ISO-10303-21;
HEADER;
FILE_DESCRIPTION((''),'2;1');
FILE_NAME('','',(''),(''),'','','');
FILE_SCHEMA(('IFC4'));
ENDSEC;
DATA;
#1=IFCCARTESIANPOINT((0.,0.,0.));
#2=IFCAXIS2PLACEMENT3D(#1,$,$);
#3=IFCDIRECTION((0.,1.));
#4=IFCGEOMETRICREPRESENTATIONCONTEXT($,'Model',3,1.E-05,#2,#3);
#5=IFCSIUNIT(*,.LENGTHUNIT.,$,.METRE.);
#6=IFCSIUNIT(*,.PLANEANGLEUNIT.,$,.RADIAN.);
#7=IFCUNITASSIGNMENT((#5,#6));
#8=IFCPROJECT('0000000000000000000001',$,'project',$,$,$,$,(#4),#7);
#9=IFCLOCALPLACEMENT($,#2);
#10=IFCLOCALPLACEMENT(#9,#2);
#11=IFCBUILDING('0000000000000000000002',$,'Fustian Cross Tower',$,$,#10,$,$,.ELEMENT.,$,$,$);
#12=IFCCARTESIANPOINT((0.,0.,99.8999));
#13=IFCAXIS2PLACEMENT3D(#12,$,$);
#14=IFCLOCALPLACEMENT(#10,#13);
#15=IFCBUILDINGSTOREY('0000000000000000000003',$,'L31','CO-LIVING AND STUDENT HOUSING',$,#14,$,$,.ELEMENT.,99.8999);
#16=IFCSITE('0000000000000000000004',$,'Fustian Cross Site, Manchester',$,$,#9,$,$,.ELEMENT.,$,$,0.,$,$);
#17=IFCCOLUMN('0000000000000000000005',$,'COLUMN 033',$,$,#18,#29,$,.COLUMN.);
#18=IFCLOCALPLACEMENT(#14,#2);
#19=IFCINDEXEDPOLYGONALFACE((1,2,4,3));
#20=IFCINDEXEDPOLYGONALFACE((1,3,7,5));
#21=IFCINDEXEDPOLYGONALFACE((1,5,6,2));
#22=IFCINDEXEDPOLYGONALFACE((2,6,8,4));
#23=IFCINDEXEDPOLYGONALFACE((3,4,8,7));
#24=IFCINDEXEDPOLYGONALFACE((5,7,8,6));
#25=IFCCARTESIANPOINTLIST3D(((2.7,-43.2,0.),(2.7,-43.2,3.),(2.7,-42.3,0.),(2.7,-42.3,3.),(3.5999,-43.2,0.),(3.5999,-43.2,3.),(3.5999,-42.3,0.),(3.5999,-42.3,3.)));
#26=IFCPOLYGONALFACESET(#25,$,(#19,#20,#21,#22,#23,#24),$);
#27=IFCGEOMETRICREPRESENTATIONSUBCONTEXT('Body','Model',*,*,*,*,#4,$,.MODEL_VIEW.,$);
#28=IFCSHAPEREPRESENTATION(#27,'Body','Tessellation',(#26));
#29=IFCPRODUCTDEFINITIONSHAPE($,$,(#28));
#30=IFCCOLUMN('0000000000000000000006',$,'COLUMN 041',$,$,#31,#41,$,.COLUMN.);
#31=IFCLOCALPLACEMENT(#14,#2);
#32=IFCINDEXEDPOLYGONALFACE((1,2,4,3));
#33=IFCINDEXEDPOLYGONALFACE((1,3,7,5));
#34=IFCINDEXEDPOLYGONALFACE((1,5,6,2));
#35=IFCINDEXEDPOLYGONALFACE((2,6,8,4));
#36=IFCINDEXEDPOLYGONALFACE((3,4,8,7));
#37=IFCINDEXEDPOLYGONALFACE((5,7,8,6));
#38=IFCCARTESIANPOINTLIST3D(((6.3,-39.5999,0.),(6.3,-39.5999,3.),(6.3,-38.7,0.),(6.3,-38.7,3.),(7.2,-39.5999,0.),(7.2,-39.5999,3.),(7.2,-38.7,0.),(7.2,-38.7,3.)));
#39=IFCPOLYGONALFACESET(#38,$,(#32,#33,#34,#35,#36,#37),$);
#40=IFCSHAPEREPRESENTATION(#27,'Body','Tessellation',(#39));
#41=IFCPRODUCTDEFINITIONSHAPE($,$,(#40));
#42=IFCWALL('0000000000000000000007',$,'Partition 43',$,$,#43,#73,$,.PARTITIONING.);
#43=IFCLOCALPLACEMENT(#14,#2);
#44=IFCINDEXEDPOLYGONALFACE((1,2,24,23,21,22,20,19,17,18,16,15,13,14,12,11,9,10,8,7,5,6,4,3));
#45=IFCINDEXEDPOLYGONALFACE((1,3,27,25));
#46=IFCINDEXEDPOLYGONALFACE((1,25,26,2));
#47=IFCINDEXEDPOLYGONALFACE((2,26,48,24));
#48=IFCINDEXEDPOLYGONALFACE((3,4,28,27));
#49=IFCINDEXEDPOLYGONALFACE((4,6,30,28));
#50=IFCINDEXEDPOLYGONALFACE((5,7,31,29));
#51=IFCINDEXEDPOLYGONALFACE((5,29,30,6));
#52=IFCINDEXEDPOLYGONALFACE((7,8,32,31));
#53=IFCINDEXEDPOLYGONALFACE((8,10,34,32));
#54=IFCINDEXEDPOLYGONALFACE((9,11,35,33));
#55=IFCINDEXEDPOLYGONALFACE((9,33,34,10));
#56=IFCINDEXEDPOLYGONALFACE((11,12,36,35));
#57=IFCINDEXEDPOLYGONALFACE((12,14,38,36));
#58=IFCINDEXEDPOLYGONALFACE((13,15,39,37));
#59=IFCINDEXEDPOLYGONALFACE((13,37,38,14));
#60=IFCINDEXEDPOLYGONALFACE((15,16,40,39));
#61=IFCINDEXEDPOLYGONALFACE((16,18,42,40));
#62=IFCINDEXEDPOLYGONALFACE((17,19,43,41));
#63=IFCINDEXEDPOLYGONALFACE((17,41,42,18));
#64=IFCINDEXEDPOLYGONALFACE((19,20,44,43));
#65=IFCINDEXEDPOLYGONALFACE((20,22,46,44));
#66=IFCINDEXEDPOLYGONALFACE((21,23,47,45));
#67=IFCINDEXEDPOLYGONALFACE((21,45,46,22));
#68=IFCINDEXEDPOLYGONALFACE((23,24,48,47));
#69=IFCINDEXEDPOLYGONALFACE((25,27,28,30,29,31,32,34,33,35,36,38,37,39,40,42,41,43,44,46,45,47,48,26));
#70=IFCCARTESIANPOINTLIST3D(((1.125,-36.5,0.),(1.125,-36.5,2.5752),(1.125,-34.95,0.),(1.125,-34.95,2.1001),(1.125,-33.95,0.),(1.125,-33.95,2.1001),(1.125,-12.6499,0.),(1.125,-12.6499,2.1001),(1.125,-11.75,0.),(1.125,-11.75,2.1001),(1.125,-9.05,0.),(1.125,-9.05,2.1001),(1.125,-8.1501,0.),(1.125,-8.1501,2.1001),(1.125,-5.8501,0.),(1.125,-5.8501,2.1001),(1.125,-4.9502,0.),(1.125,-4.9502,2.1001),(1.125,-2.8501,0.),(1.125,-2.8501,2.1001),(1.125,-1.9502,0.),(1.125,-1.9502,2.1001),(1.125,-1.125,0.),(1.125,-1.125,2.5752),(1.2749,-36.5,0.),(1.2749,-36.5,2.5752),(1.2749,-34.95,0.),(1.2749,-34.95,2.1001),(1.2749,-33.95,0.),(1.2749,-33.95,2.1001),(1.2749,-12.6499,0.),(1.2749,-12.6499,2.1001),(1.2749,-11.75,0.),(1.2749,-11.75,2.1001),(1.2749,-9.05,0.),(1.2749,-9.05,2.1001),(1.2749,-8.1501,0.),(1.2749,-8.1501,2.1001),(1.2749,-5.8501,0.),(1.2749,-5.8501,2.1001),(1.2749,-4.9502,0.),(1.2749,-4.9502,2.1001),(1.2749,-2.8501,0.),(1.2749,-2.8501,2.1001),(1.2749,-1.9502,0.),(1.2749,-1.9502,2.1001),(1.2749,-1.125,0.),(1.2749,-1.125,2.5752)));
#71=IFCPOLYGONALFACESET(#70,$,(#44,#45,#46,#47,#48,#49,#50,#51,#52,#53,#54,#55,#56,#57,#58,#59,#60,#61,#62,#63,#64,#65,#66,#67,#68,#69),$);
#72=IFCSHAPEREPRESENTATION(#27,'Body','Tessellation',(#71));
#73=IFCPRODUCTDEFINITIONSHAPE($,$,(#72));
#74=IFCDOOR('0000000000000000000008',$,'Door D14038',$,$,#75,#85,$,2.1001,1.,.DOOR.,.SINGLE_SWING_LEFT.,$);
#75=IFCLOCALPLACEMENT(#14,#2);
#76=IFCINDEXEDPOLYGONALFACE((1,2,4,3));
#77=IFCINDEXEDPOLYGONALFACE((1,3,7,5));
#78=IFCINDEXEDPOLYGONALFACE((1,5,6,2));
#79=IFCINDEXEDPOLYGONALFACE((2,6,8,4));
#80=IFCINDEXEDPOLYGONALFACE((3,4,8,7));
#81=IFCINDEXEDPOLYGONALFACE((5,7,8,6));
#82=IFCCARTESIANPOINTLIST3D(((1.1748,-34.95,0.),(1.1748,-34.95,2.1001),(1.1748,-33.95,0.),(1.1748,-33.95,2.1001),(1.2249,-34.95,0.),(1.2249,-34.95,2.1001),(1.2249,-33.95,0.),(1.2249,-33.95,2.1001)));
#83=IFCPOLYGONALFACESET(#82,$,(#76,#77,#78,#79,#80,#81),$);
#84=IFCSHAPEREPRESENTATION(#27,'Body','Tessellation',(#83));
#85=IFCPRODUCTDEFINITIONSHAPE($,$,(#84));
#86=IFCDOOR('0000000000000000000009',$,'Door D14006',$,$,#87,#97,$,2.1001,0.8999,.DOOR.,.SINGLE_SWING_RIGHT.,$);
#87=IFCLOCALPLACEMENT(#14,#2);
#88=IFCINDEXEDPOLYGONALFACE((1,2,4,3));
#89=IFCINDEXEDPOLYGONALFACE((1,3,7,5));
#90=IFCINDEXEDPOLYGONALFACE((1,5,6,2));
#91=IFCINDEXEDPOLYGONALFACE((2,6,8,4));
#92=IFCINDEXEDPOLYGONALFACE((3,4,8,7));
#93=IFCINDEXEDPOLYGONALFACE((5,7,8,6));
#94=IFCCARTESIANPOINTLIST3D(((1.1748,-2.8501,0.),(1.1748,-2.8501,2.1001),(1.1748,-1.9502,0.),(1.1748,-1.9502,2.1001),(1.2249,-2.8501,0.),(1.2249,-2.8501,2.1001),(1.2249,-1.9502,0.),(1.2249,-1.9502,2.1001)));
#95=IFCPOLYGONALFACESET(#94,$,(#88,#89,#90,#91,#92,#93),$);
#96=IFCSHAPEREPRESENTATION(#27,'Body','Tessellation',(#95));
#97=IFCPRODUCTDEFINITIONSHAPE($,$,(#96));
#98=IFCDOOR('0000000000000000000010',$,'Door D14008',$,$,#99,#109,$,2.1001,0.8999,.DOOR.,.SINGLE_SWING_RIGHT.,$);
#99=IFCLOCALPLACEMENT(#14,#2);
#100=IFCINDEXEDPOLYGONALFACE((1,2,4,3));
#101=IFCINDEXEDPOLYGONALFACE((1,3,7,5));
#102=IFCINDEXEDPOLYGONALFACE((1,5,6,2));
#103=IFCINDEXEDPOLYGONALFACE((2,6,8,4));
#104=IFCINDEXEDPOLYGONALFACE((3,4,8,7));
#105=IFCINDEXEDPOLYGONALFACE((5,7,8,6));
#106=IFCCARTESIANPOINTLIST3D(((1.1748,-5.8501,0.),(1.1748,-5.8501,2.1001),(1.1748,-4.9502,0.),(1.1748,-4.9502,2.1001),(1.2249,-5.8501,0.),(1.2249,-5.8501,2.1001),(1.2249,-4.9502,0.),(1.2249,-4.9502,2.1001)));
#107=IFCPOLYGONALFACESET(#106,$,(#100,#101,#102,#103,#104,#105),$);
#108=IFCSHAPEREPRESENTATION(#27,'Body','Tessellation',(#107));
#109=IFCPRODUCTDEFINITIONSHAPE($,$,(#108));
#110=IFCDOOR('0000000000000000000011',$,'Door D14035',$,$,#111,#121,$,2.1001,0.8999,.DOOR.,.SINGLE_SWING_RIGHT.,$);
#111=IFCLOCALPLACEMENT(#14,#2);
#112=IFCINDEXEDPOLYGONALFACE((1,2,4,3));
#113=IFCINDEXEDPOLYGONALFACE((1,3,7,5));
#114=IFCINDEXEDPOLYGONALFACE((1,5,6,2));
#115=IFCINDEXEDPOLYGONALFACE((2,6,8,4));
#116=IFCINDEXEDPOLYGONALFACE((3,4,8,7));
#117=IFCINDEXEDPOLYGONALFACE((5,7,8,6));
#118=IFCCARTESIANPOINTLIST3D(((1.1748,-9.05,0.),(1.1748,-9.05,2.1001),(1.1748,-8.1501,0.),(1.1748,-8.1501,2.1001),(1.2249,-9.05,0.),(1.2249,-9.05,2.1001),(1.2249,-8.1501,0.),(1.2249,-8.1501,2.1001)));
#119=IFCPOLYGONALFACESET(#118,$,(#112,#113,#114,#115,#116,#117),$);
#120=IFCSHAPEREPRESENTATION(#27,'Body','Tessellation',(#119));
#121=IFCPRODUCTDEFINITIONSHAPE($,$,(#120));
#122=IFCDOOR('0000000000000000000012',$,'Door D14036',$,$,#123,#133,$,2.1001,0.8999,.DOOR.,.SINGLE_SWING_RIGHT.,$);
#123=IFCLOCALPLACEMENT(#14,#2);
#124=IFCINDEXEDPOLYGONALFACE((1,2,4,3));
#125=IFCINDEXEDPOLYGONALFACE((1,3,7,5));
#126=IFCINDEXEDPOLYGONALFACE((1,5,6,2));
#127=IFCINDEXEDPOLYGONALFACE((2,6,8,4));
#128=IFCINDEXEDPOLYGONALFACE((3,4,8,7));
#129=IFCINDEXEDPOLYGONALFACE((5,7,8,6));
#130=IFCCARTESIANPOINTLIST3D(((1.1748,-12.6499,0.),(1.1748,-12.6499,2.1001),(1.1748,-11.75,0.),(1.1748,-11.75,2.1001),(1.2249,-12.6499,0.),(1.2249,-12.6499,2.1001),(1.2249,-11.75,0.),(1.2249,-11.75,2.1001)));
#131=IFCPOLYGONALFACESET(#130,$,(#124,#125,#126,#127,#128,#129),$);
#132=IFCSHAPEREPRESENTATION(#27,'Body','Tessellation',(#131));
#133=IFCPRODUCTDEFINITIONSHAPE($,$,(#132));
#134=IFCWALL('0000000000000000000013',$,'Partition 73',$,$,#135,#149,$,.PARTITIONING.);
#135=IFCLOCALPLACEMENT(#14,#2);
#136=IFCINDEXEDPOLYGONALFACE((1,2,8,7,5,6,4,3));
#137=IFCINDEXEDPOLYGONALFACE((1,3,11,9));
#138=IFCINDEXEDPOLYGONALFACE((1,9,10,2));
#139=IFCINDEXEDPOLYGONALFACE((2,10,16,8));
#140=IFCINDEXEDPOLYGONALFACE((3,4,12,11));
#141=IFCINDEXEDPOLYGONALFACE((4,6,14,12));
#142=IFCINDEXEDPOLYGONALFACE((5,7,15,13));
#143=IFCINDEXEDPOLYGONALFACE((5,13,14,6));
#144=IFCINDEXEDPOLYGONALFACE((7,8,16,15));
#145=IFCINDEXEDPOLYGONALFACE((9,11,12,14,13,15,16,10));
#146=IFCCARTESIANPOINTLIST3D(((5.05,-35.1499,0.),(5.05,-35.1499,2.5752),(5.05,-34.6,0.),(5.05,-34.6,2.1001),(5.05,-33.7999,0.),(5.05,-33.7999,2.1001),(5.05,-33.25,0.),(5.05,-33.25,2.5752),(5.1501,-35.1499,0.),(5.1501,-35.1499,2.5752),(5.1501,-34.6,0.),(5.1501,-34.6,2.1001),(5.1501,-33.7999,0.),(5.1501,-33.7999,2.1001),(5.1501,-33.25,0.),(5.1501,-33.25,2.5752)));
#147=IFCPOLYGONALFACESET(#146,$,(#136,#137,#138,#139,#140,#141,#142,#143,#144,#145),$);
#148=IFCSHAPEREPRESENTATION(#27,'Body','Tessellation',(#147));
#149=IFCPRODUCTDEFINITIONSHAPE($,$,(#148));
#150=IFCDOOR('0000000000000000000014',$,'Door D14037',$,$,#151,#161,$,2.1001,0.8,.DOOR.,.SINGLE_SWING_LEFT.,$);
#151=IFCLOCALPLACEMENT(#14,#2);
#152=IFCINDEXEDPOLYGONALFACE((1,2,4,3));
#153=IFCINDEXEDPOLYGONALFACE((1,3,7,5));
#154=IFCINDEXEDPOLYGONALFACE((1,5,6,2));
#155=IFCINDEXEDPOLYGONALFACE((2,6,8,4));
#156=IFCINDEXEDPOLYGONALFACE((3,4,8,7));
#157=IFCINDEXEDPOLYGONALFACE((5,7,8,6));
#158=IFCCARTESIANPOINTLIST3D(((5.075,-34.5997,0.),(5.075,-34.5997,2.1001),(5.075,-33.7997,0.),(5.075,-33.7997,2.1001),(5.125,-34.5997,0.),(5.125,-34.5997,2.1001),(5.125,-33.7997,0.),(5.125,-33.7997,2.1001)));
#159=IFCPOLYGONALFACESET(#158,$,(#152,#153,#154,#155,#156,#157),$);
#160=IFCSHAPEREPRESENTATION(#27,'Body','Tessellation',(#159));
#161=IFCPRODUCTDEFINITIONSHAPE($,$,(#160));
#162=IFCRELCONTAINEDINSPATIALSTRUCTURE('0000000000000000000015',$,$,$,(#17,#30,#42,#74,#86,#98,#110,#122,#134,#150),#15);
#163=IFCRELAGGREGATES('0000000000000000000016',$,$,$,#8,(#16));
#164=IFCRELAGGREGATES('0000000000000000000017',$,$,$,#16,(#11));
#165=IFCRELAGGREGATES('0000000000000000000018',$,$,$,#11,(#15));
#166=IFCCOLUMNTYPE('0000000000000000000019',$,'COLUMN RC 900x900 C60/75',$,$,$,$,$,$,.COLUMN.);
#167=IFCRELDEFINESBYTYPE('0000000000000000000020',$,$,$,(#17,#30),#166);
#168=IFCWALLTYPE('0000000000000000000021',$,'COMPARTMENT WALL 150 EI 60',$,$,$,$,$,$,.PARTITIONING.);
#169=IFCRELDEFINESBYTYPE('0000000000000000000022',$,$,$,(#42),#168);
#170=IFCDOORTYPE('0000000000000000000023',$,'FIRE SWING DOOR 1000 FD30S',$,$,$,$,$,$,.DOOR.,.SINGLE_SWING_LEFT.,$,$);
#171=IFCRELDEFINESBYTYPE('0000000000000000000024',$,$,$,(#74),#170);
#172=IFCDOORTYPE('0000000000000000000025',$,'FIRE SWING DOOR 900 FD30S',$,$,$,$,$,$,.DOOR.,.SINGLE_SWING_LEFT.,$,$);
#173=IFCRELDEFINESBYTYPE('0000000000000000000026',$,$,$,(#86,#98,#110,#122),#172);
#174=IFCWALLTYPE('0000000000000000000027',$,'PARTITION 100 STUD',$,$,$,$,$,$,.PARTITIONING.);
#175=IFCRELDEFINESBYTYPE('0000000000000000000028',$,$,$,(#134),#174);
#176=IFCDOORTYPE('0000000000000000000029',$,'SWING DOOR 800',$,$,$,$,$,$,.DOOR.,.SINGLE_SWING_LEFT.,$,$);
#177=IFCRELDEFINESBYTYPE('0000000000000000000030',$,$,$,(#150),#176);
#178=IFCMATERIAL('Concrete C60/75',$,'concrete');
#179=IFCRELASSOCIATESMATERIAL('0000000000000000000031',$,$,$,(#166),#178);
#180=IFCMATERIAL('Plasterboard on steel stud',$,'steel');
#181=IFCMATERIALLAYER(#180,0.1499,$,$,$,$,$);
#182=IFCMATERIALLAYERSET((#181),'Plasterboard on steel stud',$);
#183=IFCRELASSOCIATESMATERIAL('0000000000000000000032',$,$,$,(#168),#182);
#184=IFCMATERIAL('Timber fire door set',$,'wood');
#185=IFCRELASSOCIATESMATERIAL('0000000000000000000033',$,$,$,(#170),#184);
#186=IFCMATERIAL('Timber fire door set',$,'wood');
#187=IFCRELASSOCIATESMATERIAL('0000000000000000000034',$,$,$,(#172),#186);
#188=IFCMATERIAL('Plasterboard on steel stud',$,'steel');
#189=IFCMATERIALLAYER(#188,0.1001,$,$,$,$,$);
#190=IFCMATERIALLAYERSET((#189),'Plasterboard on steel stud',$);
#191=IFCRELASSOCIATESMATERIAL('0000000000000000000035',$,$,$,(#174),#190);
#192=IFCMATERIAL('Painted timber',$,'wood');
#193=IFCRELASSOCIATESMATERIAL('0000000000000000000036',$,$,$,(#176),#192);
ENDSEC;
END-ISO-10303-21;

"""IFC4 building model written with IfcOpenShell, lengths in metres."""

from ifc_helpers import new_model, si_unit, direction, frame, frame_2d, origin, origin_2d, place, context, subcontext, project, spatial, rectangle, extrude, material, layer, layer_set, material_profile, profile_set, type_object, element, fill, save


model = new_model("IFC4")

# Units and contexts
model_context = context("Model", 3, precision=1e-05, world=origin(), true_north=direction((0.0, 1.0)))
body_context = subcontext(model_context, "Body", "Model", "MODEL_VIEW")
ifc_project = project(units=[si_unit("LENGTHUNIT", "METRE"), si_unit("PLANEANGLEUNIT", "RADIAN")], contexts=[model_context])

# Site, building, storey
site_placement = place(None, origin())
site = spatial("IfcSite", under=ifc_project, at=site_placement, Name="Fustian Cross Site, Manchester", CompositionType="ELEMENT", RefElevation=0.0)
building_placement = place(site_placement, origin())
building = spatial("IfcBuilding", under=site, at=building_placement, Name="Fustian Cross Tower", CompositionType="ELEMENT")
storey_placement = place(building_placement, frame((0.0, 0.0, 99.8999)))
storey = spatial("IfcBuildingStorey", under=building, at=storey_placement, Name="L31", Description="CO-LIVING AND STUDENT HOUSING", CompositionType="ELEMENT", Elevation=99.8999)

# Columns
ifc_material_1 = material(Name="Concrete C60/75", Category="concrete")
ifc_material_profile = material_profile(ifc_material_1, rectangle(XDim=0.8999, YDim=0.8999, at=origin_2d()), Name="RC 900x900")
ifc_profile_set = profile_set([ifc_material_profile], Name="Concrete C60/75")
column_type = type_object("IfcColumnType", Name="COLUMN RC 900x900 C60/75", PredefinedType="COLUMN", material=ifc_profile_set)
for number, where, z_axis, x_axis, name in (
    (1, (3.1499, -42.75, 0.0), (0.0, 0.0, 1.0), (1.0, 0.0, 0.0), "COLUMN 033"),
    (2, (6.75, -39.1499, 0.0), (0.0, 0.0, 1.0), (1.0, 0.0, 0.0), "COLUMN 041"),
):
    element("IfcColumn", number, at=place(storey_placement, frame(where, z_axis=z_axis, x_axis=x_axis)), inside=storey, type_object=column_type, Name=name, PredefinedType="COLUMN", context=body_context, shape_type="SweptSolid", body=[
        extrude(rectangle(XDim=0.8999, YDim=0.8999, at=origin_2d()), origin(), (0.0, 0.0, 1.0), 3.0),
    ])

# Wall, openings, doors
ifc_material_2 = material(Name="Plasterboard on steel stud", Category="steel")
ifc_layer_1 = layer(ifc_material_2, 0.1499)
ifc_layer_set_1 = layer_set([ifc_layer_1], Name="Plasterboard on steel stud")
wall_type_1 = type_object("IfcWallType", Name="COMPARTMENT WALL 150 EI 60", PredefinedType="PARTITIONING", material=ifc_layer_set_1)
wall_1_placement = place(storey_placement, frame((1.2, -36.5, 0.0), z_axis=(0.0, 0.0, 1.0), x_axis=(0.0, 1.0, 0.0)))
wall_1 = element("IfcWall", 3, at=wall_1_placement, inside=storey, type_object=wall_type_1, Name="Partition 43", PredefinedType="PARTITIONING", context=body_context, shape_type="SweptSolid", body=[
    extrude(rectangle(XDim=35.375, YDim=0.1499, at=frame_2d((17.6875, 0.0))), origin(), (0.0, 0.0, 1.0), 2.5752),
])
opening_1_placement = place(wall_1_placement, frame((33.6499, 0.0, 0.0)))
opening_1 = element("IfcOpeningElement", 4, at=opening_1_placement, cuts=wall_1, PredefinedType="OPENING", context=body_context, shape_type="SweptSolid", body=[
    extrude(rectangle(XDim=0.8999, YDim=2.1001, at=frame_2d((0.45, 1.05))), frame((0.0, 0.085, 0.0), z_axis=(0.0, -1.0, 0.0), x_axis=(1.0, 0.0, 0.0)), (0.0, 0.0, 1.0), 0.1699),
])
opening_2_placement = place(wall_1_placement, frame((30.6499, 0.0, 0.0)))
opening_2 = element("IfcOpeningElement", 5, at=opening_2_placement, cuts=wall_1, PredefinedType="OPENING", context=body_context, shape_type="SweptSolid", body=[
    extrude(rectangle(XDim=0.8999, YDim=2.1001, at=frame_2d((0.45, 1.05))), frame((0.0, 0.085, 0.0), z_axis=(0.0, -1.0, 0.0), x_axis=(1.0, 0.0, 0.0)), (0.0, 0.0, 1.0), 0.1699),
])
opening_3_placement = place(wall_1_placement, frame((27.45, 0.0, 0.0)))
opening_3 = element("IfcOpeningElement", 6, at=opening_3_placement, cuts=wall_1, PredefinedType="OPENING", context=body_context, shape_type="SweptSolid", body=[
    extrude(rectangle(XDim=0.8999, YDim=2.1001, at=frame_2d((0.45, 1.05))), frame((0.0, 0.085, 0.0), z_axis=(0.0, -1.0, 0.0), x_axis=(1.0, 0.0, 0.0)), (0.0, 0.0, 1.0), 0.1699),
])
opening_4_placement = place(wall_1_placement, frame((23.8501, 0.0, 0.0)))
opening_4 = element("IfcOpeningElement", 7, at=opening_4_placement, cuts=wall_1, PredefinedType="OPENING", context=body_context, shape_type="SweptSolid", body=[
    extrude(rectangle(XDim=0.8999, YDim=2.1001, at=frame_2d((0.45, 1.05))), frame((0.0, 0.085, 0.0), z_axis=(0.0, -1.0, 0.0), x_axis=(1.0, 0.0, 0.0)), (0.0, 0.0, 1.0), 0.1699),
])
opening_5_placement = place(wall_1_placement, frame((1.55, 0.0, 0.0)))
opening_5 = element("IfcOpeningElement", 8, at=opening_5_placement, cuts=wall_1, PredefinedType="OPENING", context=body_context, shape_type="SweptSolid", body=[
    extrude(rectangle(XDim=1.0, YDim=2.1001, at=frame_2d((0.5, 1.05))), frame((0.0, 0.085, 0.0), z_axis=(0.0, -1.0, 0.0), x_axis=(1.0, 0.0, 0.0)), (0.0, 0.0, 1.0), 0.1699),
])
ifc_material_3 = material(Name="Timber fire door set", Category="wood")
door_type_1 = type_object("IfcDoorType", Name="FIRE SWING DOOR 1000 FD30S", OperationType="SINGLE_SWING_LEFT", PredefinedType="DOOR", material=ifc_material_3)
door_1_placement = place(opening_5_placement, frame((1.0, 0.0, 0.0), z_axis=(0.0, 0.0, 1.0), x_axis=(-1.0, 0.0, 0.0)))
door_1 = element("IfcDoor", 9, at=door_1_placement, inside=storey, type_object=door_type_1, Name="Door D14038", OperationType="SINGLE_SWING_LEFT", OverallHeight=2.1001, OverallWidth=1.0, PredefinedType="DOOR", context=body_context, shape_type="SweptSolid", body=[
    extrude(rectangle(XDim=1.0, YDim=2.1001, at=frame_2d((0.5, 1.05))), frame((0.0, 0.0249, 0.0), z_axis=(0.0, -1.0, 0.0), x_axis=(1.0, 0.0, 0.0)), (0.0, 0.0, 1.0), 0.05),
])
fill(opening_5, door_1)
ifc_material_4 = material(Name="Timber fire door set", Category="wood")
door_type_2 = type_object("IfcDoorType", Name="FIRE SWING DOOR 900 FD30S", OperationType="SINGLE_SWING_LEFT", PredefinedType="DOOR", material=ifc_material_4)
door_2_placement = place(opening_1_placement, frame((0.8999, 0.0, 0.0), z_axis=(0.0, 0.0, 1.0), x_axis=(-1.0, 0.0, 0.0)))
door_2 = element("IfcDoor", 10, at=door_2_placement, inside=storey, type_object=door_type_2, Name="Door D14006", OperationType="SINGLE_SWING_RIGHT", OverallHeight=2.1001, OverallWidth=0.8999, PredefinedType="DOOR", context=body_context, shape_type="SweptSolid", body=[
    extrude(rectangle(XDim=0.8999, YDim=2.1001, at=frame_2d((0.45, 1.05))), frame((0.0, 0.0249, 0.0), z_axis=(0.0, -1.0, 0.0), x_axis=(1.0, 0.0, 0.0)), (0.0, 0.0, 1.0), 0.05),
])
fill(opening_1, door_2)
door_3_placement = place(opening_2_placement, frame((0.8999, 0.0, 0.0), z_axis=(0.0, 0.0, 1.0), x_axis=(-1.0, 0.0, 0.0)))
door_3 = element("IfcDoor", 11, at=door_3_placement, inside=storey, type_object=door_type_2, Name="Door D14008", OperationType="SINGLE_SWING_RIGHT", OverallHeight=2.1001, OverallWidth=0.8999, PredefinedType="DOOR", context=body_context, shape_type="SweptSolid", body=[
    extrude(rectangle(XDim=0.8999, YDim=2.1001, at=frame_2d((0.45, 1.05))), frame((0.0, 0.0249, 0.0), z_axis=(0.0, -1.0, 0.0), x_axis=(1.0, 0.0, 0.0)), (0.0, 0.0, 1.0), 0.05),
])
fill(opening_2, door_3)
door_4_placement = place(opening_3_placement, frame((0.8999, 0.0, 0.0), z_axis=(0.0, 0.0, 1.0), x_axis=(-1.0, 0.0, 0.0)))
door_4 = element("IfcDoor", 12, at=door_4_placement, inside=storey, type_object=door_type_2, Name="Door D14035", OperationType="SINGLE_SWING_RIGHT", OverallHeight=2.1001, OverallWidth=0.8999, PredefinedType="DOOR", context=body_context, shape_type="SweptSolid", body=[
    extrude(rectangle(XDim=0.8999, YDim=2.1001, at=frame_2d((0.45, 1.05))), frame((0.0, 0.0249, 0.0), z_axis=(0.0, -1.0, 0.0), x_axis=(1.0, 0.0, 0.0)), (0.0, 0.0, 1.0), 0.05),
])
fill(opening_3, door_4)
door_5_placement = place(opening_4_placement, frame((0.8999, 0.0, 0.0), z_axis=(0.0, 0.0, 1.0), x_axis=(-1.0, 0.0, 0.0)))
door_5 = element("IfcDoor", 13, at=door_5_placement, inside=storey, type_object=door_type_2, Name="Door D14036", OperationType="SINGLE_SWING_RIGHT", OverallHeight=2.1001, OverallWidth=0.8999, PredefinedType="DOOR", context=body_context, shape_type="SweptSolid", body=[
    extrude(rectangle(XDim=0.8999, YDim=2.1001, at=frame_2d((0.45, 1.05))), frame((0.0, 0.0249, 0.0), z_axis=(0.0, -1.0, 0.0), x_axis=(1.0, 0.0, 0.0)), (0.0, 0.0, 1.0), 0.05),
])
fill(opening_4, door_5)

# Wall, opening, door
ifc_material_5 = material(Name="Plasterboard on steel stud", Category="steel")
ifc_layer_2 = layer(ifc_material_5, 0.1001)
ifc_layer_set_2 = layer_set([ifc_layer_2], Name="Plasterboard on steel stud")
wall_type_2 = type_object("IfcWallType", Name="PARTITION 100 STUD", PredefinedType="PARTITIONING", material=ifc_layer_set_2)
wall_2_placement = place(storey_placement, frame((5.1001, -35.1499, 0.0), z_axis=(0.0, 0.0, 1.0), x_axis=(0.0, 1.0, 0.0)))
wall_2 = element("IfcWall", 14, at=wall_2_placement, inside=storey, type_object=wall_type_2, Name="Partition 73", PredefinedType="PARTITIONING", context=body_context, shape_type="SweptSolid", body=[
    extrude(rectangle(XDim=1.8999, YDim=0.1001, at=frame_2d((0.95, 0.0))), origin(), (0.0, 0.0, 1.0), 2.5752),
])
opening_6_placement = place(wall_2_placement, frame((0.55, 0.0, 0.0)))
opening_6 = element("IfcOpeningElement", 15, at=opening_6_placement, cuts=wall_2, PredefinedType="OPENING", context=body_context, shape_type="SweptSolid", body=[
    extrude(rectangle(XDim=0.8, YDim=2.1001, at=frame_2d((0.3999, 1.05))), frame((0.0, 0.0601, 0.0), z_axis=(0.0, -1.0, 0.0), x_axis=(1.0, 0.0, 0.0)), (0.0, 0.0, 1.0), 0.1201),
])
ifc_material_6 = material(Name="Painted timber", Category="wood")
door_type_3 = type_object("IfcDoorType", Name="SWING DOOR 800", OperationType="SINGLE_SWING_LEFT", PredefinedType="DOOR", material=ifc_material_6)
door_6_placement = place(opening_6_placement, frame((0.8, 0.0, 0.0), z_axis=(0.0, 0.0, 1.0), x_axis=(-1.0, 0.0, 0.0)))
door_6 = element("IfcDoor", 16, at=door_6_placement, inside=storey, type_object=door_type_3, Name="Door D14037", OperationType="SINGLE_SWING_LEFT", OverallHeight=2.1001, OverallWidth=0.8, PredefinedType="DOOR", context=body_context, shape_type="SweptSolid", body=[
    extrude(rectangle(XDim=0.8, YDim=2.1001, at=frame_2d((0.3999, 1.05))), frame((0.0, 0.0249, 0.0), z_axis=(0.0, -1.0, 0.0), x_axis=(1.0, 0.0, 0.0)), (0.0, 0.0, 1.0), 0.05),
])
fill(opening_6, door_6)

save(model, "model.ifc")
